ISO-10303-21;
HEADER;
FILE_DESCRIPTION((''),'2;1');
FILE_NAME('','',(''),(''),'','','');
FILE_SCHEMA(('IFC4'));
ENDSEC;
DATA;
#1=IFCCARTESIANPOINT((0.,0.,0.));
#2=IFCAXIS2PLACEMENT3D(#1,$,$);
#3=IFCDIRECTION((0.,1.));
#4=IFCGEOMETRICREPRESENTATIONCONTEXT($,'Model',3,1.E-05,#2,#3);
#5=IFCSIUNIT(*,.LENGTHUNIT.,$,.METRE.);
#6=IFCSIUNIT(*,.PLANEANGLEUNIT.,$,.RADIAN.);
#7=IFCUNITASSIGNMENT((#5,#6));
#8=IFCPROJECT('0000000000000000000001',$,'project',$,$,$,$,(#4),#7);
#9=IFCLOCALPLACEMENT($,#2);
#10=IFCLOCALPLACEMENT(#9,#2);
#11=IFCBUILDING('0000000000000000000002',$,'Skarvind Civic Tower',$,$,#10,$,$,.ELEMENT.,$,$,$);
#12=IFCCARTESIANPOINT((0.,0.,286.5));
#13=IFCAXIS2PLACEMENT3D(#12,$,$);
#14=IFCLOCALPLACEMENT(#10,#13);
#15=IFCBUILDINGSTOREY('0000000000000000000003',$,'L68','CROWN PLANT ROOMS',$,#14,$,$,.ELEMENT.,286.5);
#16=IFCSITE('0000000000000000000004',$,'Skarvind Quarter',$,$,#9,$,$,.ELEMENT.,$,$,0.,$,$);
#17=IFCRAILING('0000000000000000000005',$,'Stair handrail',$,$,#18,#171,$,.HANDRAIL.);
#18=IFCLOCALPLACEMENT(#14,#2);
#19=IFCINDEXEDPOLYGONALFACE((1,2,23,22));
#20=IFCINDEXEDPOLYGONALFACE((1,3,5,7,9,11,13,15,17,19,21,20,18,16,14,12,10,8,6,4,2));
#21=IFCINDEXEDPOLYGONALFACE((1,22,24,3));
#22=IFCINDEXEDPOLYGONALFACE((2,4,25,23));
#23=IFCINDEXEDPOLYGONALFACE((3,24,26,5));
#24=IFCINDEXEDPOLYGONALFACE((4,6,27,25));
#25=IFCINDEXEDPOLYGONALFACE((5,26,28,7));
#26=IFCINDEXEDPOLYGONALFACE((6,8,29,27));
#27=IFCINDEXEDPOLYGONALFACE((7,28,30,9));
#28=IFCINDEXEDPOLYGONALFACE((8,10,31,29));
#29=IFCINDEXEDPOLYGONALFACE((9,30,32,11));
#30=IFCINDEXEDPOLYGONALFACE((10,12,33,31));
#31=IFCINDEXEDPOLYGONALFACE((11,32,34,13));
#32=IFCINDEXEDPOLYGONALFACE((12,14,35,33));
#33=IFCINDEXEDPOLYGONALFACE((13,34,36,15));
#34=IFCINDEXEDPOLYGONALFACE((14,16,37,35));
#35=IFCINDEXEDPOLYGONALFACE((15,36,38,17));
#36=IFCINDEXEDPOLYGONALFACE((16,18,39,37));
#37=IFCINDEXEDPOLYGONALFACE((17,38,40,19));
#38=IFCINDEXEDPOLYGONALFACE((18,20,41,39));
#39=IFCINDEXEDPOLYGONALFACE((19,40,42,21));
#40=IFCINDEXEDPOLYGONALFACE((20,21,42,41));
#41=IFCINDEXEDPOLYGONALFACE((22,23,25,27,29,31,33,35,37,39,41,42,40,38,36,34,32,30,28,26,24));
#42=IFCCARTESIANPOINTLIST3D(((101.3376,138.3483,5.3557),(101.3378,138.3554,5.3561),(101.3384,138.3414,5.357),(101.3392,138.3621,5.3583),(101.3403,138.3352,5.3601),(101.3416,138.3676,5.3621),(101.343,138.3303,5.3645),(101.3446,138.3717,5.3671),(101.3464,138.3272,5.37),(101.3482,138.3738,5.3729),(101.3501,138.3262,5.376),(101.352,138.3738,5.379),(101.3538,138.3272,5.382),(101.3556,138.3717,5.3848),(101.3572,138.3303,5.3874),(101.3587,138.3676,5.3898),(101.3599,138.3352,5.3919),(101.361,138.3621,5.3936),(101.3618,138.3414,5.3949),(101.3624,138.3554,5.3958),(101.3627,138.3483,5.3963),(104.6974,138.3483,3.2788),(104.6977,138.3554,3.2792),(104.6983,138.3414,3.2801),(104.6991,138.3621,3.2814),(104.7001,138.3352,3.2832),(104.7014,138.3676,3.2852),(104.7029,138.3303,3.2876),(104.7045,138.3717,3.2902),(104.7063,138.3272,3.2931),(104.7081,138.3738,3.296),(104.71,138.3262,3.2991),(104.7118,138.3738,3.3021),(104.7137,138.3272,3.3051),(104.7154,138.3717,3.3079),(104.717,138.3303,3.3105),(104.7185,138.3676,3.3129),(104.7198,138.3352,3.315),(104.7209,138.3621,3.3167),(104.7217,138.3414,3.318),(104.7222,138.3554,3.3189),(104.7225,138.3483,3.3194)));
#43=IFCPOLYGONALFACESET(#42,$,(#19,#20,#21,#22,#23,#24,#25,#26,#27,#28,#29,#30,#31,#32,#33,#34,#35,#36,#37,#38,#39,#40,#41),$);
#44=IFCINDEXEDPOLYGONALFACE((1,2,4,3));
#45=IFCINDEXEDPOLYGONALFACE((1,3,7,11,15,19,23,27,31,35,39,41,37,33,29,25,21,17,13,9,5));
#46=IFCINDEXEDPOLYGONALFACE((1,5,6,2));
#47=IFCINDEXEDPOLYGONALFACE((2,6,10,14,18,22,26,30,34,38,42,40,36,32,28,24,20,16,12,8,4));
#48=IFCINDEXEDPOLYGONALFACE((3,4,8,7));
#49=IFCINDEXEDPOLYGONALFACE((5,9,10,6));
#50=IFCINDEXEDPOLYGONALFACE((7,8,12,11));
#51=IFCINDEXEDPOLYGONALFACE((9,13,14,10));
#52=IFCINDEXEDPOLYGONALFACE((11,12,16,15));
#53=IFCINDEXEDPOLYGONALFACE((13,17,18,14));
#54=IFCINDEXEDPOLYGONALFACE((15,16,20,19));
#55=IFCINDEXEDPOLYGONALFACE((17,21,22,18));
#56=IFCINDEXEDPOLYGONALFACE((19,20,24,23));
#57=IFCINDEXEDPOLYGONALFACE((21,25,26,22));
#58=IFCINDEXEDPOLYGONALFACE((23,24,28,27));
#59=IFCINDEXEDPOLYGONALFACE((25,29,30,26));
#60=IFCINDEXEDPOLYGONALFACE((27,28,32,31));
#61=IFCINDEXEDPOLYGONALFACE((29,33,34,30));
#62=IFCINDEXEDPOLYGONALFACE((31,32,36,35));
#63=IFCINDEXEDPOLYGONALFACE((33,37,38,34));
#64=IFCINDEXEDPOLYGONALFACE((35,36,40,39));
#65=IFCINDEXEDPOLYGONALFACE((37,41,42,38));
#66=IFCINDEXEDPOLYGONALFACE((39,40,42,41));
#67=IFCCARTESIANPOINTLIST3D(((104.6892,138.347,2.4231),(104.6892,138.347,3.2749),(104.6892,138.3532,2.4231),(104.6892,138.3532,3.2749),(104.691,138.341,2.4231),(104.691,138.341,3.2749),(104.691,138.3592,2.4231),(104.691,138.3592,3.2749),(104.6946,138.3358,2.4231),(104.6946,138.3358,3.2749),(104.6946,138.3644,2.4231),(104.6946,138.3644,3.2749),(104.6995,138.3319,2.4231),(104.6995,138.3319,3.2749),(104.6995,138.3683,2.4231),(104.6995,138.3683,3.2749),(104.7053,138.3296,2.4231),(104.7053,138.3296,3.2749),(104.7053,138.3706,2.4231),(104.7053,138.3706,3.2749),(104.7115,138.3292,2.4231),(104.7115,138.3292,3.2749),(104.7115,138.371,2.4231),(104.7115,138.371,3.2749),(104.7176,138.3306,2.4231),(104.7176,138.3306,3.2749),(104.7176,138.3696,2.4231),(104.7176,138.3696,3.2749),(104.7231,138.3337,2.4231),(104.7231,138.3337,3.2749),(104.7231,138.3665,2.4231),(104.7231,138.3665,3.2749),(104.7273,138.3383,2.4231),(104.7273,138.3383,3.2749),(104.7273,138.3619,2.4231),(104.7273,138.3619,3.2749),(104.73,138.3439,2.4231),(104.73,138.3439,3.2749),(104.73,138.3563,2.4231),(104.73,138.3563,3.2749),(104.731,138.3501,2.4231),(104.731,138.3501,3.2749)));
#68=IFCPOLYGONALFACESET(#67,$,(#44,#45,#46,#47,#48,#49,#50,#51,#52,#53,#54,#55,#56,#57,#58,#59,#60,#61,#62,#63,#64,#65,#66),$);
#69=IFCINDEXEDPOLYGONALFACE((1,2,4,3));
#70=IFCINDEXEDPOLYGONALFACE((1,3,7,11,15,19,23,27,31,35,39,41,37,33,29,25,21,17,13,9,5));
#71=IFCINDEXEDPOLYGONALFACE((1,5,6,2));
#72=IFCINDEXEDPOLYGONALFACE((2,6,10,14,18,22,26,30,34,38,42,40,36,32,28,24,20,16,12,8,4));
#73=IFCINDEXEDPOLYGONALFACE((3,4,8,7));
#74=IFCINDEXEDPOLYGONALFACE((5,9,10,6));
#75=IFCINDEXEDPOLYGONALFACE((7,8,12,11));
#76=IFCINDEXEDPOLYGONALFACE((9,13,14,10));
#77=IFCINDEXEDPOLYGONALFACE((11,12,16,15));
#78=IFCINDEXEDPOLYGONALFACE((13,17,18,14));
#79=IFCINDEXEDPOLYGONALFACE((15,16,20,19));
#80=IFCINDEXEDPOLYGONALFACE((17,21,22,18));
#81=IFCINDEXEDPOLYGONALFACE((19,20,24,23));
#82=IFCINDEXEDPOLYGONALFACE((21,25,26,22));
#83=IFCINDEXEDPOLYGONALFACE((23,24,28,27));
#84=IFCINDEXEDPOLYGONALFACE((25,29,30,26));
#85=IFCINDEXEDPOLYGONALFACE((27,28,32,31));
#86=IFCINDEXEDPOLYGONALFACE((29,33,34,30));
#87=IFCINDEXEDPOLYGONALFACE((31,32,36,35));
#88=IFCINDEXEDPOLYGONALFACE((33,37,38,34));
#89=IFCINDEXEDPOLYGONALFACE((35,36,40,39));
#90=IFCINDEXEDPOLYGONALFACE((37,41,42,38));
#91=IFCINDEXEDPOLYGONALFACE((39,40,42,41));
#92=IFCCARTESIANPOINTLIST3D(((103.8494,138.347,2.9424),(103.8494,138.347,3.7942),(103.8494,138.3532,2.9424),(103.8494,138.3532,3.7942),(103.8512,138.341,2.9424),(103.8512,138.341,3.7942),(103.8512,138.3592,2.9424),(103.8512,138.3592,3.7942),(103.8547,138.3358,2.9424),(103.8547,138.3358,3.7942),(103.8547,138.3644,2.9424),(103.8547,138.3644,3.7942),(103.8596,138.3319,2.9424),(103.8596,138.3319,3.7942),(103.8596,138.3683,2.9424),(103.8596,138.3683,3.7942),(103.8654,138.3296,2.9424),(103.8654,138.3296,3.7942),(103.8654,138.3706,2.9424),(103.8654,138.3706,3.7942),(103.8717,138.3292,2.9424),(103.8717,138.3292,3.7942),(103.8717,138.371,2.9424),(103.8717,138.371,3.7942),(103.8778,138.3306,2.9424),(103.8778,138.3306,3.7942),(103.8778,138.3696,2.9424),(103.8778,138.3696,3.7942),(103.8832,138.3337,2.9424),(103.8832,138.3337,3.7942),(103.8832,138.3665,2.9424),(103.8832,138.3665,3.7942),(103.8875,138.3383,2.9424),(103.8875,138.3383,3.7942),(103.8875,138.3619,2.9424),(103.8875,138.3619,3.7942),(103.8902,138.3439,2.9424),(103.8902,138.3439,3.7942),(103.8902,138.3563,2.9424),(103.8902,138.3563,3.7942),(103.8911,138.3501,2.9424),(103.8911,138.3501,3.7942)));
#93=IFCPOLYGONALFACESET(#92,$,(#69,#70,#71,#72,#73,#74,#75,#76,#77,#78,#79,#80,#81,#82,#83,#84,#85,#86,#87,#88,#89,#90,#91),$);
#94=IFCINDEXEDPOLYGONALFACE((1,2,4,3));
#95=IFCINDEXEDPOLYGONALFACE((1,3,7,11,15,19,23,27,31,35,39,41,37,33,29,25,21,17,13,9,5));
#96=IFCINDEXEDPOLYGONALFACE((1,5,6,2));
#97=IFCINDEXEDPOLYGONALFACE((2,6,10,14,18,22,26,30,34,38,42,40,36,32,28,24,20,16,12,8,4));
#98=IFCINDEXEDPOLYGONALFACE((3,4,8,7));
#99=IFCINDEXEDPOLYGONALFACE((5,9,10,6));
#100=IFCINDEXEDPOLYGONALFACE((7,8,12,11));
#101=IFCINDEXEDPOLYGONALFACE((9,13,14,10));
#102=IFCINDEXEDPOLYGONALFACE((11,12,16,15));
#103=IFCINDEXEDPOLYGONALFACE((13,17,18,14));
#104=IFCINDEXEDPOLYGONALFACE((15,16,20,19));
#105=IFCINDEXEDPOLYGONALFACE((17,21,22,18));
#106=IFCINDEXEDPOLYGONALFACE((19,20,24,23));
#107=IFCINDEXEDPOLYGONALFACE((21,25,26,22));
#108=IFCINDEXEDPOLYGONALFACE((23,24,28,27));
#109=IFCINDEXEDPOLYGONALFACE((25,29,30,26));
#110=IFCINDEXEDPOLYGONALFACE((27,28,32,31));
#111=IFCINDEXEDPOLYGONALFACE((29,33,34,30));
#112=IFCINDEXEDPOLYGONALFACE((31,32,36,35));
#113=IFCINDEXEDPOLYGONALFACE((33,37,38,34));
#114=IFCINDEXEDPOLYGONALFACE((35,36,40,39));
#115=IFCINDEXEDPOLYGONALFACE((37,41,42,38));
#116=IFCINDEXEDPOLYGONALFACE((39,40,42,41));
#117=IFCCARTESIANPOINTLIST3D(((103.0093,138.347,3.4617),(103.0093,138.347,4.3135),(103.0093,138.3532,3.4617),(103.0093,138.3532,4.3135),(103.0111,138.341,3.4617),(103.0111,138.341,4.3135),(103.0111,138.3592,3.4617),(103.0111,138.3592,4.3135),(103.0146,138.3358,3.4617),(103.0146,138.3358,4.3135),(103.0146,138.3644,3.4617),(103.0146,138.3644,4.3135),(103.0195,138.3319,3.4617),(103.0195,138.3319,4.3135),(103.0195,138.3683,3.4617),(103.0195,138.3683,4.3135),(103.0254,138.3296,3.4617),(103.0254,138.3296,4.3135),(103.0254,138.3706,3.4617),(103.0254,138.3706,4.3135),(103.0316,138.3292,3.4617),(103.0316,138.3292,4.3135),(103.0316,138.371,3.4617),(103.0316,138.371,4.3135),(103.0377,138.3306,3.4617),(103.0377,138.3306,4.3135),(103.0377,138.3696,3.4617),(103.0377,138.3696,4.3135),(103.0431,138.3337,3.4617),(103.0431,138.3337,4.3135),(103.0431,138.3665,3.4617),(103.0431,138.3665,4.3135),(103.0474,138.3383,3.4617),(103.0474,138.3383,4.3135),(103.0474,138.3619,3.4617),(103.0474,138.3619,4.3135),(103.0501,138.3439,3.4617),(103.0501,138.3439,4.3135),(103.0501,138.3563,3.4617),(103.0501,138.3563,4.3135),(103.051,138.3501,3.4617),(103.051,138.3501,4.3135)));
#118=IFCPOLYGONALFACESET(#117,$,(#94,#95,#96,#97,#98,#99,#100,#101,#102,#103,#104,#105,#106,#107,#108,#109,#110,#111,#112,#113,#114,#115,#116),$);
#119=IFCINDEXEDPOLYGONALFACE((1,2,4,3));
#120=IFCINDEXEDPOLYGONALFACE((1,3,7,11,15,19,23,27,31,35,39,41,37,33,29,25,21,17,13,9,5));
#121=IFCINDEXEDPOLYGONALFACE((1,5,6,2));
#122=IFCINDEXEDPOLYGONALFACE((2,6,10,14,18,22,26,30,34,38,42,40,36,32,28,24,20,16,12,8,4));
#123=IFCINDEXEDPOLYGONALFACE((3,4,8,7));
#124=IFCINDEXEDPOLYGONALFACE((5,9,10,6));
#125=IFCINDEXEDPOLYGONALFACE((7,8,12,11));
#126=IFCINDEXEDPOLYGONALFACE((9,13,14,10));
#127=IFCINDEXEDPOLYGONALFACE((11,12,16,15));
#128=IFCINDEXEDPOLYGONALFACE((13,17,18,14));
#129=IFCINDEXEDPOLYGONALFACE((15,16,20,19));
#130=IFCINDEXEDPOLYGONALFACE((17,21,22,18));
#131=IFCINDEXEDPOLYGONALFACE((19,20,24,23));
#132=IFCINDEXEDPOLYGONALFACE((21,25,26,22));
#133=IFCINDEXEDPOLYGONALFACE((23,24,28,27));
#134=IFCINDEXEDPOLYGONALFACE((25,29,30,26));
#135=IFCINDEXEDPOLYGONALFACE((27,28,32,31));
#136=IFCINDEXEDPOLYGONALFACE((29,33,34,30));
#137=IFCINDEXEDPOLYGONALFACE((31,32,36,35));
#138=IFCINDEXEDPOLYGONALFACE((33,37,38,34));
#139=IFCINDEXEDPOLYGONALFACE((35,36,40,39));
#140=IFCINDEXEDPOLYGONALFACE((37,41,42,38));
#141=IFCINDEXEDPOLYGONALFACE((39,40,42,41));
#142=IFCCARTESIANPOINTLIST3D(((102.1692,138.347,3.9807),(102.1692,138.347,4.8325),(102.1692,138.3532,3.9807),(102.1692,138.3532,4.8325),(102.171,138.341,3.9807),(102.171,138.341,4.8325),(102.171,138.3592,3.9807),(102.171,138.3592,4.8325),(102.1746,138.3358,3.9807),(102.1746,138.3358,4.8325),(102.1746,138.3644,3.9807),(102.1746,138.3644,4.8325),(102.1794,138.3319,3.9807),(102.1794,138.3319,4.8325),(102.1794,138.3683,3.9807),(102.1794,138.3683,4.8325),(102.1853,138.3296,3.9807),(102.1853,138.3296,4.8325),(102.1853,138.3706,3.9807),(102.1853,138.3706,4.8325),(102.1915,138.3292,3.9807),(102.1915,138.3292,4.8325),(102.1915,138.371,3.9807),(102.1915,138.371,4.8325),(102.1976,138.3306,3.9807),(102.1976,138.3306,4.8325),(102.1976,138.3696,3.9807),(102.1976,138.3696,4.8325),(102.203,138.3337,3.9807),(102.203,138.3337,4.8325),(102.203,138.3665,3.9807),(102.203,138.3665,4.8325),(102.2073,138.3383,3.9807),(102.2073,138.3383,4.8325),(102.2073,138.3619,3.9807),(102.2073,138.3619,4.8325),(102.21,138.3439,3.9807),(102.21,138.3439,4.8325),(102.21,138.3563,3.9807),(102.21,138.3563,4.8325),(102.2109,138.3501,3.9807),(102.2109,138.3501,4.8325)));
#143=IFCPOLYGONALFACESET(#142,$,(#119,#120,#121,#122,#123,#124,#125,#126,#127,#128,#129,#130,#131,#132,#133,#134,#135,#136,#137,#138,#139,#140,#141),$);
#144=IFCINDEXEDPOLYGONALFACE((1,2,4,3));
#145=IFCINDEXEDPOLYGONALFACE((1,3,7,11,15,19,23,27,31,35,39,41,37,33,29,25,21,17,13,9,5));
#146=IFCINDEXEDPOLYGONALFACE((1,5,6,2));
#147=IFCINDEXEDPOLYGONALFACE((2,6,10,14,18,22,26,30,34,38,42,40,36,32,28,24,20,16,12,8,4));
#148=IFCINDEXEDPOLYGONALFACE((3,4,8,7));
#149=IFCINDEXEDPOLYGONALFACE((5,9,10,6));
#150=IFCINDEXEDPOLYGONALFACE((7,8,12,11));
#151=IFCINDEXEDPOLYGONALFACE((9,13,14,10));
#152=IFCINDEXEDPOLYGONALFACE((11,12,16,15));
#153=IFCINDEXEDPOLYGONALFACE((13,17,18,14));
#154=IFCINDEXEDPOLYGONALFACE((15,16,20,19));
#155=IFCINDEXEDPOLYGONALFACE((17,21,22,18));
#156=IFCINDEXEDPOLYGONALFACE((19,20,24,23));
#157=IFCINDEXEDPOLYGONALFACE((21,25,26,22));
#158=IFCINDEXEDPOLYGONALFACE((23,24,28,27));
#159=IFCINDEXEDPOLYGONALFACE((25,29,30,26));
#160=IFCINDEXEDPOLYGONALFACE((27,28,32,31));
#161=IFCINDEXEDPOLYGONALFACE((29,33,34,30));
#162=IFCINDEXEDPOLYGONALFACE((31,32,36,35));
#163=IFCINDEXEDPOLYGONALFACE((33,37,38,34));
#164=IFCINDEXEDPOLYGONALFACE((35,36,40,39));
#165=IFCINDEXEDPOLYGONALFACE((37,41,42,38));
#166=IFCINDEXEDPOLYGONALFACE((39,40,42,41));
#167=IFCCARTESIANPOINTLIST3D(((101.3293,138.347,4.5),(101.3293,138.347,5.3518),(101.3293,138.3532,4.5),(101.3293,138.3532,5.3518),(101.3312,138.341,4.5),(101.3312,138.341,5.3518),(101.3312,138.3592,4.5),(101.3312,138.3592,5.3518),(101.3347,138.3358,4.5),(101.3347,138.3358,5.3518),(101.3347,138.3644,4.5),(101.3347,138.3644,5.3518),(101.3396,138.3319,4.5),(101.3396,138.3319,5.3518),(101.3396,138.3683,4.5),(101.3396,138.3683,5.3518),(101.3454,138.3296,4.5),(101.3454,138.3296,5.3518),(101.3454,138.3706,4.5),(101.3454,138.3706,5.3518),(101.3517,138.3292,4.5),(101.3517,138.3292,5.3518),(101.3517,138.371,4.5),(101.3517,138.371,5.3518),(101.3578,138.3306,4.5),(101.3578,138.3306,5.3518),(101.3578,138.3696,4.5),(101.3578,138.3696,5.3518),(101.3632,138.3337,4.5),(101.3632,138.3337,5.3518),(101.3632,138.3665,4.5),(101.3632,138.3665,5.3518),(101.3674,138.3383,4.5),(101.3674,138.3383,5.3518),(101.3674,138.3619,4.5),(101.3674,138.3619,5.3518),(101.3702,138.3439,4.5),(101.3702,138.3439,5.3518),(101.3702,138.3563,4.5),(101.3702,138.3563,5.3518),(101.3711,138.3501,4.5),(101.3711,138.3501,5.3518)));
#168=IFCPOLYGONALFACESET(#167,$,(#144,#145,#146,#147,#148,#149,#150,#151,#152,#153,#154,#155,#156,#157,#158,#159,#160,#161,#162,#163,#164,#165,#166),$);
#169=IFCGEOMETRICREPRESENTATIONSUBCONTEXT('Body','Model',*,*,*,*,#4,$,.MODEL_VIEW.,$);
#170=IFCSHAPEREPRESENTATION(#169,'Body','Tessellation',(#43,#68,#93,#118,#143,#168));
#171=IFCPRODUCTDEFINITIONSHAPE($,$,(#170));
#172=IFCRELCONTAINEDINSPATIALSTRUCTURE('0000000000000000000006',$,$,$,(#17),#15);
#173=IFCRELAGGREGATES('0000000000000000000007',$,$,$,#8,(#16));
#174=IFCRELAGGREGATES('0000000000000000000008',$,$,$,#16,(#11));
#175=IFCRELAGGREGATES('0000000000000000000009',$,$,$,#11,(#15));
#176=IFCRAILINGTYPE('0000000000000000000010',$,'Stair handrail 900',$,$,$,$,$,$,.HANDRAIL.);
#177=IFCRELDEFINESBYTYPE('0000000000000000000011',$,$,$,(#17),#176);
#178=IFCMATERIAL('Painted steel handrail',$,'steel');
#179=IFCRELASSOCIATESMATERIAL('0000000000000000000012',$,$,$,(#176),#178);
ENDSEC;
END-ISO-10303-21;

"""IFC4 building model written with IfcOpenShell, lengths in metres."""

from ifc_helpers import new_model, si_unit, direction, frame, origin, origin_2d, place, context, subcontext, project, spatial, circle, extrude, material, type_object, element, save


model = new_model("IFC4")

# Units and contexts
model_context = context("Model", 3, precision=1e-05, world=origin(), true_north=direction((0.0, 1.0)))
body_context = subcontext(model_context, "Body", "Model", "MODEL_VIEW")
ifc_project = project(units=[si_unit("LENGTHUNIT", "METRE"), si_unit("PLANEANGLEUNIT", "RADIAN")], contexts=[model_context])

# Site, building, storey
site_placement = place(None, origin())
site = spatial("IfcSite", under=ifc_project, at=site_placement, Name="Skarvind Quarter", CompositionType="ELEMENT", RefElevation=0.0)
building_placement = place(site_placement, origin())
building = spatial("IfcBuilding", under=site, at=building_placement, Name="Skarvind Civic Tower", CompositionType="ELEMENT")
storey_placement = place(building_placement, frame((0.0, 0.0, 286.5)))
storey = spatial("IfcBuildingStorey", under=building, at=storey_placement, Name="L68", Description="CROWN PLANT ROOMS", CompositionType="ELEMENT", Elevation=286.5)

# Railing
ifc_material_1 = material(Name="Painted steel handrail", Category="steel")
railing_type = type_object("IfcRailingType", Name="Stair handrail 900", PredefinedType="HANDRAIL", material=ifc_material_1)
railing_1_placement = place(storey_placement, frame((104.71, 138.3501, 2.4231)))
element("IfcRailing", 1, at=railing_1_placement, inside=storey, type_object=railing_type, Name="Stair handrail", PredefinedType="HANDRAIL", context=body_context, shape_type="SweptSolid", body=[
    extrude(circle(Radius=0.0239, at=origin_2d()), frame((0.0, 0.0, 0.876), z_axis=(-0.850606, 0.0, 0.525803), x_axis=(0.0, -1.0, 0.0)), (0.0, 0.0, 1.0), 3.95),
    extrude(circle(Radius=0.021, at=origin_2d()), origin(), (0.0, 0.0, 1.0), 0.8518),
    extrude(circle(Radius=0.021, at=origin_2d()), frame((-0.8398, 0.0, 0.5193)), (0.0, 0.0, 1.0), 0.8518),
    extrude(circle(Radius=0.021, at=origin_2d()), frame((-1.6799, 0.0, 1.0386)), (0.0, 0.0, 1.0), 0.8518),
    extrude(circle(Radius=0.021, at=origin_2d()), frame((-2.52, 0.0, 1.5576)), (0.0, 0.0, 1.0), 0.8518),
    extrude(circle(Radius=0.021, at=origin_2d()), frame((-3.3599, 0.0, 2.0769)), (0.0, 0.0, 1.0), 0.8518),
])

save(model, "model.ifc")
